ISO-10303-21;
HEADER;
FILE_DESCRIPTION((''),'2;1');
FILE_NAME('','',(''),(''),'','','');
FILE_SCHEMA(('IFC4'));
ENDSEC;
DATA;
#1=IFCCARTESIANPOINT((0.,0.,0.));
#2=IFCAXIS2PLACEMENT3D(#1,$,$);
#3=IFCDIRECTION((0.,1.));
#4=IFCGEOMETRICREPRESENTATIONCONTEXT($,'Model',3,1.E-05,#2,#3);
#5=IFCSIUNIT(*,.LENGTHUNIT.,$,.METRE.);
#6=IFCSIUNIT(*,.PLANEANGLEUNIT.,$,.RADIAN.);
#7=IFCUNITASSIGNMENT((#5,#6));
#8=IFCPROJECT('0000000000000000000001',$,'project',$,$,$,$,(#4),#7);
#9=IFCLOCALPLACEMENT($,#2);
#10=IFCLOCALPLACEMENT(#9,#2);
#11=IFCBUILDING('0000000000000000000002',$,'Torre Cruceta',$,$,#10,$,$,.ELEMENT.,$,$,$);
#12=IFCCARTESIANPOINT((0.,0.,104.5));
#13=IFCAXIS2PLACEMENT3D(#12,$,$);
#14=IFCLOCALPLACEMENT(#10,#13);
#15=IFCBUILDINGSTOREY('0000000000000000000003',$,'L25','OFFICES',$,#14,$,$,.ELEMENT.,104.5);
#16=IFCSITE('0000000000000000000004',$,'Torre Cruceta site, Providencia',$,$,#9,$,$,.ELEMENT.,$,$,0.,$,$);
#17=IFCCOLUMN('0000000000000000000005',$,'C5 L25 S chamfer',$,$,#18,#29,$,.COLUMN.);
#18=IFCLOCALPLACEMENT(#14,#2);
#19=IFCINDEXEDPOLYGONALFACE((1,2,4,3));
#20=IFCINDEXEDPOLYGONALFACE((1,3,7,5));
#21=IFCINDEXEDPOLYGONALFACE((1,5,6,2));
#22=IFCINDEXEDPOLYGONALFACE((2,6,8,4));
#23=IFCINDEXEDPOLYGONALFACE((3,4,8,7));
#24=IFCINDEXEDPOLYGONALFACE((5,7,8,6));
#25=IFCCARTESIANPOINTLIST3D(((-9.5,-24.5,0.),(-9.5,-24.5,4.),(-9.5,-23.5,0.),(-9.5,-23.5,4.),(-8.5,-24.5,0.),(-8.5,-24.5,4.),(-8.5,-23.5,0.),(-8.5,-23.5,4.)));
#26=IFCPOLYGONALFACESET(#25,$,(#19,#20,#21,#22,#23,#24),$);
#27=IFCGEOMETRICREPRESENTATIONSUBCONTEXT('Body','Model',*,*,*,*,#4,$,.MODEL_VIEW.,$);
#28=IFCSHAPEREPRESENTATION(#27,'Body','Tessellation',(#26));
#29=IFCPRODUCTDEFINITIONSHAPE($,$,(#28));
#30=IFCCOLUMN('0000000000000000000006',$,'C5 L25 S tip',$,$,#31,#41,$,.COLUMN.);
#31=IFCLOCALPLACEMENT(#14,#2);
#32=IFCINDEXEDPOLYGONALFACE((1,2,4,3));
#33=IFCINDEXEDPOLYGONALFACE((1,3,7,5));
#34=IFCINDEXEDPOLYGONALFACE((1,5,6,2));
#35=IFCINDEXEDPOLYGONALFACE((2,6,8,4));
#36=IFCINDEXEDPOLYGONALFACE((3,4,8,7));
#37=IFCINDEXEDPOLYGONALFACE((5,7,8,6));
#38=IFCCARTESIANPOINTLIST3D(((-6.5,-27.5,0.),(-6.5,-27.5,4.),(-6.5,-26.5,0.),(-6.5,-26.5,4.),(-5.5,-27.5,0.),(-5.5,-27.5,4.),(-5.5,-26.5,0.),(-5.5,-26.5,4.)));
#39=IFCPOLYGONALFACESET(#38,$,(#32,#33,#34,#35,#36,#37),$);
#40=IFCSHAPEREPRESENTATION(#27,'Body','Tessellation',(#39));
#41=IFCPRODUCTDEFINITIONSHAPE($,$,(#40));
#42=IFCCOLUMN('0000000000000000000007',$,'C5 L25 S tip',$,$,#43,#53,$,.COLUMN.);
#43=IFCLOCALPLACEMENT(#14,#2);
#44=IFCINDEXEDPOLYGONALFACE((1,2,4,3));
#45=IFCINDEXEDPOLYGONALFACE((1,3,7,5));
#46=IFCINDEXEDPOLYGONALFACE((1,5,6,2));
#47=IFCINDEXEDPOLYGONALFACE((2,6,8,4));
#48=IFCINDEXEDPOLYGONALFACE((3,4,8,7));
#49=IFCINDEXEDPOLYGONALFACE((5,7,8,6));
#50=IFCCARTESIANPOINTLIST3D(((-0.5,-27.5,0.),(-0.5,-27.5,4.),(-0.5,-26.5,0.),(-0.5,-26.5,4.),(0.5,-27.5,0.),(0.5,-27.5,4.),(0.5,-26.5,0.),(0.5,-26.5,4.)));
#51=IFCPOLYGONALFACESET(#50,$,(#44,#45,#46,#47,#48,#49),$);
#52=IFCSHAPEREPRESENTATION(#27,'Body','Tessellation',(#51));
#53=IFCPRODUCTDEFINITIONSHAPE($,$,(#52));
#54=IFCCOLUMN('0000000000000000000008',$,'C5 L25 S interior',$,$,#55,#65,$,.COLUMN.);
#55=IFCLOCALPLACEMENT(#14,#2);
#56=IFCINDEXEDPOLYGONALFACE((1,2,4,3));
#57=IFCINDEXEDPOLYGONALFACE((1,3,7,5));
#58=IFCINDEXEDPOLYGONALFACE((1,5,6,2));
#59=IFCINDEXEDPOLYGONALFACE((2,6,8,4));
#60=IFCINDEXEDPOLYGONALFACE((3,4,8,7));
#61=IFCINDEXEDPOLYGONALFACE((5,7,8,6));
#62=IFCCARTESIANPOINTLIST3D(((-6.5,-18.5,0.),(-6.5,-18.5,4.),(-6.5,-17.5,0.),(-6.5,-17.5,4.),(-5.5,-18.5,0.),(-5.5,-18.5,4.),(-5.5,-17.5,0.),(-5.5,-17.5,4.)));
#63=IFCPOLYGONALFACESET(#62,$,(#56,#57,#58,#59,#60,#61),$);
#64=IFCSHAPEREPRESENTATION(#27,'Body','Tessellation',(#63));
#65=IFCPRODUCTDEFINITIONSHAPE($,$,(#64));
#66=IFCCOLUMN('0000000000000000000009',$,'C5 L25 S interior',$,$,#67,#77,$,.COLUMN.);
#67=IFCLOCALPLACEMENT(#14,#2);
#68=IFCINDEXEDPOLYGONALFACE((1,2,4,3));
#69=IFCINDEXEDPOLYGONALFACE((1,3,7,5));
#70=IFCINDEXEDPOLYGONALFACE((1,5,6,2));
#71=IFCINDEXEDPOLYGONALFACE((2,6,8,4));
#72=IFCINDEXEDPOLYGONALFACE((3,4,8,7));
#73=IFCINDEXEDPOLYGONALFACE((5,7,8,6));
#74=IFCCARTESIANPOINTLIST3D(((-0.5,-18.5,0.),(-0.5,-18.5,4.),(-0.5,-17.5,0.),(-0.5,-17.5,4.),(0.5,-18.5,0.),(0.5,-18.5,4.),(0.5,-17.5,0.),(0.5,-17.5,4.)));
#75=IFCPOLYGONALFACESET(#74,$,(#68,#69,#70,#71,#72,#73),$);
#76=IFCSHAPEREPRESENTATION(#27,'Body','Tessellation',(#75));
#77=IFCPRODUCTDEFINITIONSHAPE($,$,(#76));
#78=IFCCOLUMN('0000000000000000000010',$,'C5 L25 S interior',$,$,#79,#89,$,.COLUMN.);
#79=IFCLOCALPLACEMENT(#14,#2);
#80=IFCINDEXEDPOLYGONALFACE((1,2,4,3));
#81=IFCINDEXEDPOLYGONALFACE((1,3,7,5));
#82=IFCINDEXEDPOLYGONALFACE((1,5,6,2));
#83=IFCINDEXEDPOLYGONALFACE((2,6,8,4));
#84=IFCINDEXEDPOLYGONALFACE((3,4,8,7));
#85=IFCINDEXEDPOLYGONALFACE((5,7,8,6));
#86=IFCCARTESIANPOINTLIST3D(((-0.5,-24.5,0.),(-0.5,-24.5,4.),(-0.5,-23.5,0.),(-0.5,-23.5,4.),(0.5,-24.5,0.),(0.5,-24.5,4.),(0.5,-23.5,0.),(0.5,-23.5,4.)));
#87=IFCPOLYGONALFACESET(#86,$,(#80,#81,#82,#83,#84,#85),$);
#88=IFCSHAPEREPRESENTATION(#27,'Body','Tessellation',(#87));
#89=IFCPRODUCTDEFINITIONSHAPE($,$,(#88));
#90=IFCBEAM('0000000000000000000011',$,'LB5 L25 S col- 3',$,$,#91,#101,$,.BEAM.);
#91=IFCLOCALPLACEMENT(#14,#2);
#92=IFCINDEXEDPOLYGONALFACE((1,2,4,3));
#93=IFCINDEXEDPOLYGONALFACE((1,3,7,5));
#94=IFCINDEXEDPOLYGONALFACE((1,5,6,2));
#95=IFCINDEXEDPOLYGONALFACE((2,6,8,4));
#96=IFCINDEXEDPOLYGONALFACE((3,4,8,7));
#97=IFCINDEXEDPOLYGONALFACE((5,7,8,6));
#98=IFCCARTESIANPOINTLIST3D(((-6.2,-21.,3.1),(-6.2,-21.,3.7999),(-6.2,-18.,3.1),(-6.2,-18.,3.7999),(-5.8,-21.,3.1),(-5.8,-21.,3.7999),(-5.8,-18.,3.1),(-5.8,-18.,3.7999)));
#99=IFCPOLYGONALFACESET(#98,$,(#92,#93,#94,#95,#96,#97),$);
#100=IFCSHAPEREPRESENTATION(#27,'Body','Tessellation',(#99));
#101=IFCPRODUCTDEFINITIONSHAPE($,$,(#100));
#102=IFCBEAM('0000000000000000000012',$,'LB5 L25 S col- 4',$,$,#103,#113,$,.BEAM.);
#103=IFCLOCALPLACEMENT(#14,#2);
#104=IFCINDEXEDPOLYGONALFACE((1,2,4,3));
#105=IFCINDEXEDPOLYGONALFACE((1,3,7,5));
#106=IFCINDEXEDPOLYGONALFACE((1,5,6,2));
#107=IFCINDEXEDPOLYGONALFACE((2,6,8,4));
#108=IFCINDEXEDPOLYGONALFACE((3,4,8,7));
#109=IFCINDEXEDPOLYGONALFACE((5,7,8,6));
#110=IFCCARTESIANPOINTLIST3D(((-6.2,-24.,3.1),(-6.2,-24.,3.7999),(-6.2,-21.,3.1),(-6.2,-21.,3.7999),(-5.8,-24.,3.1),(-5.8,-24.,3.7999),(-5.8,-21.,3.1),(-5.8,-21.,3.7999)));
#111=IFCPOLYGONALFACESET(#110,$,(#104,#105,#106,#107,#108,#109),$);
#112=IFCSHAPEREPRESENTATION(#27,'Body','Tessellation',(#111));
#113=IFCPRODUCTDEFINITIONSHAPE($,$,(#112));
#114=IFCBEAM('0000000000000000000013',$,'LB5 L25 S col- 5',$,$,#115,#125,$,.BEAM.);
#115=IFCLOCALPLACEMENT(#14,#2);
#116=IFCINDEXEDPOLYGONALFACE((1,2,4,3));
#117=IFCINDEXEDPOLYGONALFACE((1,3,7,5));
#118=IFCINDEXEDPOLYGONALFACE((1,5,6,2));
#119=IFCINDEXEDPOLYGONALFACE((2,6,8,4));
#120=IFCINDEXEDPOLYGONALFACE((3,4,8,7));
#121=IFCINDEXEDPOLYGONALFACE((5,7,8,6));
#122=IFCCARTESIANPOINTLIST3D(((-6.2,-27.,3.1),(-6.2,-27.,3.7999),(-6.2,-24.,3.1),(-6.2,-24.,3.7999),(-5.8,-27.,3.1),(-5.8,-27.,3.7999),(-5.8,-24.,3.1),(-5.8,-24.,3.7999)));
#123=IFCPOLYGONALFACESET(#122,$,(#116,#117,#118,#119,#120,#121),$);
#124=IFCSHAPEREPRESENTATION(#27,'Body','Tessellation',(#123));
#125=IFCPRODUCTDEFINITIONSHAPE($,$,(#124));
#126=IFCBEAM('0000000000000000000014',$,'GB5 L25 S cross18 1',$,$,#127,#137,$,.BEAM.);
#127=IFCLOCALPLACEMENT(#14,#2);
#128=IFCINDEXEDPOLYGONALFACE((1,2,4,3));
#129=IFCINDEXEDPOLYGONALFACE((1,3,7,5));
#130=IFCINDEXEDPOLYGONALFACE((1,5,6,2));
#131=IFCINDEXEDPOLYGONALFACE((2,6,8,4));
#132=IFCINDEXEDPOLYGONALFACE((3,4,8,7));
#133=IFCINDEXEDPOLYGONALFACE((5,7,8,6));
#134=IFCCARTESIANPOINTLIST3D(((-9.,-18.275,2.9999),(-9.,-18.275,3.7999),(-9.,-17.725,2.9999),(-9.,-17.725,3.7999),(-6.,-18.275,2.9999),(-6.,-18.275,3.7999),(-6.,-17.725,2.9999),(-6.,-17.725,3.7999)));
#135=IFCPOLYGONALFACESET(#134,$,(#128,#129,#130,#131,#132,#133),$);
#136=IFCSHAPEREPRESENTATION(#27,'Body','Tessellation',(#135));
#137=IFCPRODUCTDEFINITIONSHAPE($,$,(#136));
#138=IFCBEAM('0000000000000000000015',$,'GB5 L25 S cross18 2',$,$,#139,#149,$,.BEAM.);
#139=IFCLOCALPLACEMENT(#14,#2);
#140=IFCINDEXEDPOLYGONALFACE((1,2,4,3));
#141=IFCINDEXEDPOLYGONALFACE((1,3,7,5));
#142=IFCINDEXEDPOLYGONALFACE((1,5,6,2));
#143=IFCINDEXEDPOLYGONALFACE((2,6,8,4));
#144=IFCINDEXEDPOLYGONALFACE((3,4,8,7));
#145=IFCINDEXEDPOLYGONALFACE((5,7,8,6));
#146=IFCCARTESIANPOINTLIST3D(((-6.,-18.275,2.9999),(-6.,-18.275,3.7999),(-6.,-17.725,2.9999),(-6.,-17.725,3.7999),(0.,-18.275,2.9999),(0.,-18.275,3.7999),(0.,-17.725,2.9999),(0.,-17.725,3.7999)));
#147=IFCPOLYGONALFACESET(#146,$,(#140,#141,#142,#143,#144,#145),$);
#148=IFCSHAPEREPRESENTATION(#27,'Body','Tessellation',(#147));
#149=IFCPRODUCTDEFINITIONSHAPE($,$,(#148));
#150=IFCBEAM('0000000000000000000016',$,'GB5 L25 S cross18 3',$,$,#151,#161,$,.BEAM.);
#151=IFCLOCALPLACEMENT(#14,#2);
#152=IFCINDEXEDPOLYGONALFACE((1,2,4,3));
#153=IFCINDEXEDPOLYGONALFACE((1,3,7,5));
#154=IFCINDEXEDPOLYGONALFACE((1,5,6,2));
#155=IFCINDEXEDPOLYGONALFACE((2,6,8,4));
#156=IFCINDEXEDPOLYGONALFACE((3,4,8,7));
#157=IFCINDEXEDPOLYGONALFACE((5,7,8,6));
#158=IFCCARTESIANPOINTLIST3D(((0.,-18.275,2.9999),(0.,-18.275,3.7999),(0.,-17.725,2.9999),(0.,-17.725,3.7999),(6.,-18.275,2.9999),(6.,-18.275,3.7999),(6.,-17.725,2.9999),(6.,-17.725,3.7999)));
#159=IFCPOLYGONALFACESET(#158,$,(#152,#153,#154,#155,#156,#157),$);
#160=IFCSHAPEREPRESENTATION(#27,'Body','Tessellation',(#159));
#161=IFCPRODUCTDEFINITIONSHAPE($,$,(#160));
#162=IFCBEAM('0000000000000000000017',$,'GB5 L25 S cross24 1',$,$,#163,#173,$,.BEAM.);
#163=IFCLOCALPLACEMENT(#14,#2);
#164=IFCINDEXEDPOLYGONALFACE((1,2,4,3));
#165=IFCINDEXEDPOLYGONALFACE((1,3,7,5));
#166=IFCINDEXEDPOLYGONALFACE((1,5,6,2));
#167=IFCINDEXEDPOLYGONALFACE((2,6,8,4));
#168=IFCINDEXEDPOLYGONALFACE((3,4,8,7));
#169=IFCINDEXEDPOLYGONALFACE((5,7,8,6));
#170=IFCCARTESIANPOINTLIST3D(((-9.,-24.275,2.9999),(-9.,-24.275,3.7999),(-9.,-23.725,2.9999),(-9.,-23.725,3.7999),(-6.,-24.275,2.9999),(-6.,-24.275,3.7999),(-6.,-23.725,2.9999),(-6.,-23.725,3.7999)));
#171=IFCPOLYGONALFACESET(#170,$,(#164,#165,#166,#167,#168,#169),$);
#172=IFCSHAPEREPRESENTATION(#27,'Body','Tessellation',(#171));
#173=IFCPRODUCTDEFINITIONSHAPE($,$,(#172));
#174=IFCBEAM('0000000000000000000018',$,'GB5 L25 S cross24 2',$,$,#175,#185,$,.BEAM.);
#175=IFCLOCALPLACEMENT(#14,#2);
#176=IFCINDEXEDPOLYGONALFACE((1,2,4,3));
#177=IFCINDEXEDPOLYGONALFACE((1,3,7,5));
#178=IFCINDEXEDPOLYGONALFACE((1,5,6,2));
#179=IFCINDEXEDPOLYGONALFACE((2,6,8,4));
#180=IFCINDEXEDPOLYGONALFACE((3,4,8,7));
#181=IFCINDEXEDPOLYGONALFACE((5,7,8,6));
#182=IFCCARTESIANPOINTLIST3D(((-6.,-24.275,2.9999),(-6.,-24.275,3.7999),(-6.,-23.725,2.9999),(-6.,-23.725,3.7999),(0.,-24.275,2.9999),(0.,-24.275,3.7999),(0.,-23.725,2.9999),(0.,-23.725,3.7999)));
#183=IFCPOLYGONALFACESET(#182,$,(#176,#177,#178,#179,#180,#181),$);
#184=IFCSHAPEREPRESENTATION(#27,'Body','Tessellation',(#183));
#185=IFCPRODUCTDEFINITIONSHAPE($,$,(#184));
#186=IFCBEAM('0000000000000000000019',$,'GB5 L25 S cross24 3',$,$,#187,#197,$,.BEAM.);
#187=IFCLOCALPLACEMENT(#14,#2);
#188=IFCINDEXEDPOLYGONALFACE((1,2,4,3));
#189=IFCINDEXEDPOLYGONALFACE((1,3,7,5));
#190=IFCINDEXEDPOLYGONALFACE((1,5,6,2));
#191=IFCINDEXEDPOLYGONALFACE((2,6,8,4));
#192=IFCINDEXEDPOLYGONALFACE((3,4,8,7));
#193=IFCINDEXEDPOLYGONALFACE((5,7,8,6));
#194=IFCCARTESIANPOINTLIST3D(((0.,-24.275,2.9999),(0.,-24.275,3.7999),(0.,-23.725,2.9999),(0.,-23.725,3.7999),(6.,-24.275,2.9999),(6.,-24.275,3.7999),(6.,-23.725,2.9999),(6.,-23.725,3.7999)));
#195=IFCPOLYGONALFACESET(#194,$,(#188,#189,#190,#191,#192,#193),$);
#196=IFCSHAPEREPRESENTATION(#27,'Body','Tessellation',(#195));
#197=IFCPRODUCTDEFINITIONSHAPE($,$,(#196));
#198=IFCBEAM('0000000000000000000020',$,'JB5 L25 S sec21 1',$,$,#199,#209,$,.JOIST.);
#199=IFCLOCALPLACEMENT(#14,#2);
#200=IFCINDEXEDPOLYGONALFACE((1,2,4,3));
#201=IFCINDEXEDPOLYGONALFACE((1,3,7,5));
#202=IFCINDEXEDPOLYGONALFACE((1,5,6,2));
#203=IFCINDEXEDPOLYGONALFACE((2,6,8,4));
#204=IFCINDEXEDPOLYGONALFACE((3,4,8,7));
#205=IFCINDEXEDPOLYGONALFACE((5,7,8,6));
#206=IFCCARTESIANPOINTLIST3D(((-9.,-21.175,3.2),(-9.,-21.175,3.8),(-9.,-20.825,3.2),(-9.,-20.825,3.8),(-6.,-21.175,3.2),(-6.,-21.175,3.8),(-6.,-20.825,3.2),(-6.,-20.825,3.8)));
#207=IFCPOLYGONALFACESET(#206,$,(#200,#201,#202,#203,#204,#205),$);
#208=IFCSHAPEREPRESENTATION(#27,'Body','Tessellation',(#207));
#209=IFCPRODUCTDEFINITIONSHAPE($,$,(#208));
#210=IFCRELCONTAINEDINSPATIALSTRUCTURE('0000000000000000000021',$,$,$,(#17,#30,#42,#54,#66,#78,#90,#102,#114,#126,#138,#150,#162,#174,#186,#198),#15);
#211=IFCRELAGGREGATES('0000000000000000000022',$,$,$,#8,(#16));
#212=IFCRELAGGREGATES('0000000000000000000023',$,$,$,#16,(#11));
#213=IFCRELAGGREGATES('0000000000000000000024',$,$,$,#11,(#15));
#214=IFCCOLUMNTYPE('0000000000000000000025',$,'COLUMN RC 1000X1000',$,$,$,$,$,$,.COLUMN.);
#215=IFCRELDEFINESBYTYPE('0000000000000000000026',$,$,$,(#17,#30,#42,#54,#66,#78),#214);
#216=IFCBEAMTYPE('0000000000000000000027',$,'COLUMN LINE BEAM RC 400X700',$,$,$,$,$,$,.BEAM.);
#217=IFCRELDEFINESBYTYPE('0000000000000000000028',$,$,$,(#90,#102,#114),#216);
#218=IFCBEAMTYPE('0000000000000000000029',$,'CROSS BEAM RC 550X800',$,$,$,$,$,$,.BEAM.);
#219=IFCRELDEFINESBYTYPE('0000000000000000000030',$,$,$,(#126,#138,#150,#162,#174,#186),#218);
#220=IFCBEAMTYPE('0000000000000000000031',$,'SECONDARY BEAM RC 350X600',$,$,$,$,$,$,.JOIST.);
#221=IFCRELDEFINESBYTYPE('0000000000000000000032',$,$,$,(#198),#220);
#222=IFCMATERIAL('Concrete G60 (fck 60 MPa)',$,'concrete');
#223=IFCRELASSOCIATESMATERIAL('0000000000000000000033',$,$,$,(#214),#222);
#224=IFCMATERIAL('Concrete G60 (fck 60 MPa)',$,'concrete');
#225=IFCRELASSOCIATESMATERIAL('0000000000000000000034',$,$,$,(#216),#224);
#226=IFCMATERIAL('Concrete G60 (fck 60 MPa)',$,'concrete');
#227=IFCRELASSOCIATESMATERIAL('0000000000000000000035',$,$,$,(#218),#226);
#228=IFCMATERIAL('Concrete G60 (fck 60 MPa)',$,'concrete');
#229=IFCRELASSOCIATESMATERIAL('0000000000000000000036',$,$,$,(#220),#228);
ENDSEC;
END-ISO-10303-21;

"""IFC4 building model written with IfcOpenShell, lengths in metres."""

from ifc_helpers import new_model, si_unit, direction, frame, origin, origin_2d, place, context, subcontext, project, spatial, rectangle, extrude, material, material_profile, profile_set, type_object, element, save


model = new_model("IFC4")

# Units and contexts
model_context = context("Model", 3, precision=1e-05, world=origin(), true_north=direction((0.0, 1.0)))
body_context = subcontext(model_context, "Body", "Model", "MODEL_VIEW")
ifc_project = project(units=[si_unit("LENGTHUNIT", "METRE"), si_unit("PLANEANGLEUNIT", "RADIAN")], contexts=[model_context])

# Site, building, storey
site_placement = place(None, origin())
site = spatial("IfcSite", under=ifc_project, at=site_placement, Name="Torre Cruceta site, Providencia", CompositionType="ELEMENT", RefElevation=0.0)
building_placement = place(site_placement, origin())
building = spatial("IfcBuilding", under=site, at=building_placement, Name="Torre Cruceta", CompositionType="ELEMENT")
storey_placement = place(building_placement, frame((0.0, 0.0, 104.5)))
storey = spatial("IfcBuildingStorey", under=building, at=storey_placement, Name="L25", Description="OFFICES", CompositionType="ELEMENT", Elevation=104.5)

# Columns
ifc_material_1 = material(Name="Concrete G60 (fck 60 MPa)", Category="concrete")
ifc_material_profile_1 = material_profile(ifc_material_1, rectangle(XDim=1.0, YDim=1.0, at=origin_2d()), Name="RC 1000X1000")
ifc_profile_set_1 = profile_set([ifc_material_profile_1], Name="Concrete G60 (fck 60 MPa)")
column_type = type_object("IfcColumnType", Name="COLUMN RC 1000X1000", PredefinedType="COLUMN", material=ifc_profile_set_1)
for number, where, z_axis, x_axis, name in (
    (1, (-9.0, -24.0, 0.0), (0.0, 0.0, 1.0), (1.0, 0.0, 0.0), "C5 L25 S chamfer"),
    (2, (-6.0, -27.0, 0.0), (0.0, 0.0, 1.0), (1.0, 0.0, 0.0), "C5 L25 S tip"),
    (3, (0.0, -27.0, 0.0), (0.0, 0.0, 1.0), (1.0, 0.0, 0.0), "C5 L25 S tip"),
    (4, (-6.0, -18.0, 0.0), (0.0, 0.0, 1.0), (1.0, 0.0, 0.0), "C5 L25 S interior"),
    (5, (0.0, -18.0, 0.0), (0.0, 0.0, 1.0), (1.0, 0.0, 0.0), "C5 L25 S interior"),
    (6, (0.0, -24.0, 0.0), (0.0, 0.0, 1.0), (1.0, 0.0, 0.0), "C5 L25 S interior"),
):
    element("IfcColumn", number, at=place(storey_placement, frame(where, z_axis=z_axis, x_axis=x_axis)), inside=storey, type_object=column_type, Name=name, PredefinedType="COLUMN", context=body_context, shape_type="SweptSolid", body=[
        extrude(rectangle(XDim=1.0, YDim=1.0, at=origin_2d()), origin(), (0.0, 0.0, 1.0), 4.0),
    ])

# Beams
ifc_material_2 = material(Name="Concrete G60 (fck 60 MPa)", Category="concrete")
ifc_material_profile_2 = material_profile(ifc_material_2, rectangle(XDim=0.3999, YDim=0.7, at=origin_2d()), Name="RC 400X700")
ifc_profile_set_2 = profile_set([ifc_material_profile_2], Name="Concrete G60 (fck 60 MPa)")
beam_type_1 = type_object("IfcBeamType", Name="COLUMN LINE BEAM RC 400X700", PredefinedType="BEAM", material=ifc_profile_set_2)
for number, where, z_axis, x_axis, name in (
    (7, (-6.0, -18.0, 3.45), (0.0, -1.0, 0.0), (1.0, 0.0, 0.0), "LB5 L25 S col- 3"),
    (8, (-6.0, -21.0, 3.45), (0.0, -1.0, 0.0), (1.0, 0.0, 0.0), "LB5 L25 S col- 4"),
    (9, (-6.0, -24.0, 3.45), (0.0, -1.0, 0.0), (1.0, 0.0, 0.0), "LB5 L25 S col- 5"),
):
    element("IfcBeam", number, at=place(storey_placement, frame(where, z_axis=z_axis, x_axis=x_axis)), inside=storey, type_object=beam_type_1, Name=name, PredefinedType="BEAM", context=body_context, shape_type="SweptSolid", body=[
        extrude(rectangle(XDim=0.3999, YDim=0.7, at=origin_2d()), origin(), (0.0, 0.0, 1.0), 3.0),
    ])
ifc_material_3 = material(Name="Concrete G60 (fck 60 MPa)", Category="concrete")
ifc_material_profile_3 = material_profile(ifc_material_3, rectangle(XDim=0.55, YDim=0.8, at=origin_2d()), Name="RC 550X800")
ifc_profile_set_3 = profile_set([ifc_material_profile_3], Name="Concrete G60 (fck 60 MPa)")
beam_type_2 = type_object("IfcBeamType", Name="CROSS BEAM RC 550X800", PredefinedType="BEAM", material=ifc_profile_set_3)
beam_1_placement = place(storey_placement, frame((-9.0, -18.0, 3.3999), z_axis=(1.0, 0.0, 0.0), x_axis=(0.0, 1.0, 0.0)))
element("IfcBeam", 10, at=beam_1_placement, inside=storey, type_object=beam_type_2, Name="GB5 L25 S cross18 1", PredefinedType="BEAM", context=body_context, shape_type="SweptSolid", body=[
    extrude(rectangle(XDim=0.55, YDim=0.8, at=origin_2d()), origin(), (0.0, 0.0, 1.0), 3.0),
])
for number, where, z_axis, x_axis, name in (
    (11, (-6.0, -18.0, 3.3999), (1.0, 0.0, 0.0), (0.0, 1.0, 0.0), "GB5 L25 S cross18 2"),
    (12, (0.0, -18.0, 3.3999), (1.0, 0.0, 0.0), (0.0, 1.0, 0.0), "GB5 L25 S cross18 3"),
):
    element("IfcBeam", number, at=place(storey_placement, frame(where, z_axis=z_axis, x_axis=x_axis)), inside=storey, type_object=beam_type_2, Name=name, PredefinedType="BEAM", context=body_context, shape_type="SweptSolid", body=[
        extrude(rectangle(XDim=0.55, YDim=0.8, at=origin_2d()), origin(), (0.0, 0.0, 1.0), 6.0),
    ])
beam_2_placement = place(storey_placement, frame((-9.0, -24.0, 3.3999), z_axis=(1.0, 0.0, 0.0), x_axis=(0.0, 1.0, 0.0)))
element("IfcBeam", 13, at=beam_2_placement, inside=storey, type_object=beam_type_2, Name="GB5 L25 S cross24 1", PredefinedType="BEAM", context=body_context, shape_type="SweptSolid", body=[
    extrude(rectangle(XDim=0.55, YDim=0.8, at=origin_2d()), origin(), (0.0, 0.0, 1.0), 3.0),
])
for number, where, z_axis, x_axis, name in (
    (14, (-6.0, -24.0, 3.3999), (1.0, 0.0, 0.0), (0.0, 1.0, 0.0), "GB5 L25 S cross24 2"),
    (15, (0.0, -24.0, 3.3999), (1.0, 0.0, 0.0), (0.0, 1.0, 0.0), "GB5 L25 S cross24 3"),
):
    element("IfcBeam", number, at=place(storey_placement, frame(where, z_axis=z_axis, x_axis=x_axis)), inside=storey, type_object=beam_type_2, Name=name, PredefinedType="BEAM", context=body_context, shape_type="SweptSolid", body=[
        extrude(rectangle(XDim=0.55, YDim=0.8, at=origin_2d()), origin(), (0.0, 0.0, 1.0), 6.0),
    ])
ifc_material_4 = material(Name="Concrete G60 (fck 60 MPa)", Category="concrete")
ifc_material_profile_4 = material_profile(ifc_material_4, rectangle(XDim=0.3501, YDim=0.6001, at=origin_2d()), Name="RC 350X600")
ifc_profile_set_4 = profile_set([ifc_material_profile_4], Name="Concrete G60 (fck 60 MPa)")
beam_type_3 = type_object("IfcBeamType", Name="SECONDARY BEAM RC 350X600", PredefinedType="JOIST", material=ifc_profile_set_4)
beam_3_placement = place(storey_placement, frame((-9.0, -21.0, 3.5), z_axis=(1.0, 0.0, 0.0), x_axis=(0.0, 1.0, 0.0)))
element("IfcBeam", 16, at=beam_3_placement, inside=storey, type_object=beam_type_3, Name="JB5 L25 S sec21 1", PredefinedType="JOIST", context=body_context, shape_type="SweptSolid", body=[
    extrude(rectangle(XDim=0.3501, YDim=0.6001, at=origin_2d()), origin(), (0.0, 0.0, 1.0), 3.0),
])

save(model, "model.ifc")
